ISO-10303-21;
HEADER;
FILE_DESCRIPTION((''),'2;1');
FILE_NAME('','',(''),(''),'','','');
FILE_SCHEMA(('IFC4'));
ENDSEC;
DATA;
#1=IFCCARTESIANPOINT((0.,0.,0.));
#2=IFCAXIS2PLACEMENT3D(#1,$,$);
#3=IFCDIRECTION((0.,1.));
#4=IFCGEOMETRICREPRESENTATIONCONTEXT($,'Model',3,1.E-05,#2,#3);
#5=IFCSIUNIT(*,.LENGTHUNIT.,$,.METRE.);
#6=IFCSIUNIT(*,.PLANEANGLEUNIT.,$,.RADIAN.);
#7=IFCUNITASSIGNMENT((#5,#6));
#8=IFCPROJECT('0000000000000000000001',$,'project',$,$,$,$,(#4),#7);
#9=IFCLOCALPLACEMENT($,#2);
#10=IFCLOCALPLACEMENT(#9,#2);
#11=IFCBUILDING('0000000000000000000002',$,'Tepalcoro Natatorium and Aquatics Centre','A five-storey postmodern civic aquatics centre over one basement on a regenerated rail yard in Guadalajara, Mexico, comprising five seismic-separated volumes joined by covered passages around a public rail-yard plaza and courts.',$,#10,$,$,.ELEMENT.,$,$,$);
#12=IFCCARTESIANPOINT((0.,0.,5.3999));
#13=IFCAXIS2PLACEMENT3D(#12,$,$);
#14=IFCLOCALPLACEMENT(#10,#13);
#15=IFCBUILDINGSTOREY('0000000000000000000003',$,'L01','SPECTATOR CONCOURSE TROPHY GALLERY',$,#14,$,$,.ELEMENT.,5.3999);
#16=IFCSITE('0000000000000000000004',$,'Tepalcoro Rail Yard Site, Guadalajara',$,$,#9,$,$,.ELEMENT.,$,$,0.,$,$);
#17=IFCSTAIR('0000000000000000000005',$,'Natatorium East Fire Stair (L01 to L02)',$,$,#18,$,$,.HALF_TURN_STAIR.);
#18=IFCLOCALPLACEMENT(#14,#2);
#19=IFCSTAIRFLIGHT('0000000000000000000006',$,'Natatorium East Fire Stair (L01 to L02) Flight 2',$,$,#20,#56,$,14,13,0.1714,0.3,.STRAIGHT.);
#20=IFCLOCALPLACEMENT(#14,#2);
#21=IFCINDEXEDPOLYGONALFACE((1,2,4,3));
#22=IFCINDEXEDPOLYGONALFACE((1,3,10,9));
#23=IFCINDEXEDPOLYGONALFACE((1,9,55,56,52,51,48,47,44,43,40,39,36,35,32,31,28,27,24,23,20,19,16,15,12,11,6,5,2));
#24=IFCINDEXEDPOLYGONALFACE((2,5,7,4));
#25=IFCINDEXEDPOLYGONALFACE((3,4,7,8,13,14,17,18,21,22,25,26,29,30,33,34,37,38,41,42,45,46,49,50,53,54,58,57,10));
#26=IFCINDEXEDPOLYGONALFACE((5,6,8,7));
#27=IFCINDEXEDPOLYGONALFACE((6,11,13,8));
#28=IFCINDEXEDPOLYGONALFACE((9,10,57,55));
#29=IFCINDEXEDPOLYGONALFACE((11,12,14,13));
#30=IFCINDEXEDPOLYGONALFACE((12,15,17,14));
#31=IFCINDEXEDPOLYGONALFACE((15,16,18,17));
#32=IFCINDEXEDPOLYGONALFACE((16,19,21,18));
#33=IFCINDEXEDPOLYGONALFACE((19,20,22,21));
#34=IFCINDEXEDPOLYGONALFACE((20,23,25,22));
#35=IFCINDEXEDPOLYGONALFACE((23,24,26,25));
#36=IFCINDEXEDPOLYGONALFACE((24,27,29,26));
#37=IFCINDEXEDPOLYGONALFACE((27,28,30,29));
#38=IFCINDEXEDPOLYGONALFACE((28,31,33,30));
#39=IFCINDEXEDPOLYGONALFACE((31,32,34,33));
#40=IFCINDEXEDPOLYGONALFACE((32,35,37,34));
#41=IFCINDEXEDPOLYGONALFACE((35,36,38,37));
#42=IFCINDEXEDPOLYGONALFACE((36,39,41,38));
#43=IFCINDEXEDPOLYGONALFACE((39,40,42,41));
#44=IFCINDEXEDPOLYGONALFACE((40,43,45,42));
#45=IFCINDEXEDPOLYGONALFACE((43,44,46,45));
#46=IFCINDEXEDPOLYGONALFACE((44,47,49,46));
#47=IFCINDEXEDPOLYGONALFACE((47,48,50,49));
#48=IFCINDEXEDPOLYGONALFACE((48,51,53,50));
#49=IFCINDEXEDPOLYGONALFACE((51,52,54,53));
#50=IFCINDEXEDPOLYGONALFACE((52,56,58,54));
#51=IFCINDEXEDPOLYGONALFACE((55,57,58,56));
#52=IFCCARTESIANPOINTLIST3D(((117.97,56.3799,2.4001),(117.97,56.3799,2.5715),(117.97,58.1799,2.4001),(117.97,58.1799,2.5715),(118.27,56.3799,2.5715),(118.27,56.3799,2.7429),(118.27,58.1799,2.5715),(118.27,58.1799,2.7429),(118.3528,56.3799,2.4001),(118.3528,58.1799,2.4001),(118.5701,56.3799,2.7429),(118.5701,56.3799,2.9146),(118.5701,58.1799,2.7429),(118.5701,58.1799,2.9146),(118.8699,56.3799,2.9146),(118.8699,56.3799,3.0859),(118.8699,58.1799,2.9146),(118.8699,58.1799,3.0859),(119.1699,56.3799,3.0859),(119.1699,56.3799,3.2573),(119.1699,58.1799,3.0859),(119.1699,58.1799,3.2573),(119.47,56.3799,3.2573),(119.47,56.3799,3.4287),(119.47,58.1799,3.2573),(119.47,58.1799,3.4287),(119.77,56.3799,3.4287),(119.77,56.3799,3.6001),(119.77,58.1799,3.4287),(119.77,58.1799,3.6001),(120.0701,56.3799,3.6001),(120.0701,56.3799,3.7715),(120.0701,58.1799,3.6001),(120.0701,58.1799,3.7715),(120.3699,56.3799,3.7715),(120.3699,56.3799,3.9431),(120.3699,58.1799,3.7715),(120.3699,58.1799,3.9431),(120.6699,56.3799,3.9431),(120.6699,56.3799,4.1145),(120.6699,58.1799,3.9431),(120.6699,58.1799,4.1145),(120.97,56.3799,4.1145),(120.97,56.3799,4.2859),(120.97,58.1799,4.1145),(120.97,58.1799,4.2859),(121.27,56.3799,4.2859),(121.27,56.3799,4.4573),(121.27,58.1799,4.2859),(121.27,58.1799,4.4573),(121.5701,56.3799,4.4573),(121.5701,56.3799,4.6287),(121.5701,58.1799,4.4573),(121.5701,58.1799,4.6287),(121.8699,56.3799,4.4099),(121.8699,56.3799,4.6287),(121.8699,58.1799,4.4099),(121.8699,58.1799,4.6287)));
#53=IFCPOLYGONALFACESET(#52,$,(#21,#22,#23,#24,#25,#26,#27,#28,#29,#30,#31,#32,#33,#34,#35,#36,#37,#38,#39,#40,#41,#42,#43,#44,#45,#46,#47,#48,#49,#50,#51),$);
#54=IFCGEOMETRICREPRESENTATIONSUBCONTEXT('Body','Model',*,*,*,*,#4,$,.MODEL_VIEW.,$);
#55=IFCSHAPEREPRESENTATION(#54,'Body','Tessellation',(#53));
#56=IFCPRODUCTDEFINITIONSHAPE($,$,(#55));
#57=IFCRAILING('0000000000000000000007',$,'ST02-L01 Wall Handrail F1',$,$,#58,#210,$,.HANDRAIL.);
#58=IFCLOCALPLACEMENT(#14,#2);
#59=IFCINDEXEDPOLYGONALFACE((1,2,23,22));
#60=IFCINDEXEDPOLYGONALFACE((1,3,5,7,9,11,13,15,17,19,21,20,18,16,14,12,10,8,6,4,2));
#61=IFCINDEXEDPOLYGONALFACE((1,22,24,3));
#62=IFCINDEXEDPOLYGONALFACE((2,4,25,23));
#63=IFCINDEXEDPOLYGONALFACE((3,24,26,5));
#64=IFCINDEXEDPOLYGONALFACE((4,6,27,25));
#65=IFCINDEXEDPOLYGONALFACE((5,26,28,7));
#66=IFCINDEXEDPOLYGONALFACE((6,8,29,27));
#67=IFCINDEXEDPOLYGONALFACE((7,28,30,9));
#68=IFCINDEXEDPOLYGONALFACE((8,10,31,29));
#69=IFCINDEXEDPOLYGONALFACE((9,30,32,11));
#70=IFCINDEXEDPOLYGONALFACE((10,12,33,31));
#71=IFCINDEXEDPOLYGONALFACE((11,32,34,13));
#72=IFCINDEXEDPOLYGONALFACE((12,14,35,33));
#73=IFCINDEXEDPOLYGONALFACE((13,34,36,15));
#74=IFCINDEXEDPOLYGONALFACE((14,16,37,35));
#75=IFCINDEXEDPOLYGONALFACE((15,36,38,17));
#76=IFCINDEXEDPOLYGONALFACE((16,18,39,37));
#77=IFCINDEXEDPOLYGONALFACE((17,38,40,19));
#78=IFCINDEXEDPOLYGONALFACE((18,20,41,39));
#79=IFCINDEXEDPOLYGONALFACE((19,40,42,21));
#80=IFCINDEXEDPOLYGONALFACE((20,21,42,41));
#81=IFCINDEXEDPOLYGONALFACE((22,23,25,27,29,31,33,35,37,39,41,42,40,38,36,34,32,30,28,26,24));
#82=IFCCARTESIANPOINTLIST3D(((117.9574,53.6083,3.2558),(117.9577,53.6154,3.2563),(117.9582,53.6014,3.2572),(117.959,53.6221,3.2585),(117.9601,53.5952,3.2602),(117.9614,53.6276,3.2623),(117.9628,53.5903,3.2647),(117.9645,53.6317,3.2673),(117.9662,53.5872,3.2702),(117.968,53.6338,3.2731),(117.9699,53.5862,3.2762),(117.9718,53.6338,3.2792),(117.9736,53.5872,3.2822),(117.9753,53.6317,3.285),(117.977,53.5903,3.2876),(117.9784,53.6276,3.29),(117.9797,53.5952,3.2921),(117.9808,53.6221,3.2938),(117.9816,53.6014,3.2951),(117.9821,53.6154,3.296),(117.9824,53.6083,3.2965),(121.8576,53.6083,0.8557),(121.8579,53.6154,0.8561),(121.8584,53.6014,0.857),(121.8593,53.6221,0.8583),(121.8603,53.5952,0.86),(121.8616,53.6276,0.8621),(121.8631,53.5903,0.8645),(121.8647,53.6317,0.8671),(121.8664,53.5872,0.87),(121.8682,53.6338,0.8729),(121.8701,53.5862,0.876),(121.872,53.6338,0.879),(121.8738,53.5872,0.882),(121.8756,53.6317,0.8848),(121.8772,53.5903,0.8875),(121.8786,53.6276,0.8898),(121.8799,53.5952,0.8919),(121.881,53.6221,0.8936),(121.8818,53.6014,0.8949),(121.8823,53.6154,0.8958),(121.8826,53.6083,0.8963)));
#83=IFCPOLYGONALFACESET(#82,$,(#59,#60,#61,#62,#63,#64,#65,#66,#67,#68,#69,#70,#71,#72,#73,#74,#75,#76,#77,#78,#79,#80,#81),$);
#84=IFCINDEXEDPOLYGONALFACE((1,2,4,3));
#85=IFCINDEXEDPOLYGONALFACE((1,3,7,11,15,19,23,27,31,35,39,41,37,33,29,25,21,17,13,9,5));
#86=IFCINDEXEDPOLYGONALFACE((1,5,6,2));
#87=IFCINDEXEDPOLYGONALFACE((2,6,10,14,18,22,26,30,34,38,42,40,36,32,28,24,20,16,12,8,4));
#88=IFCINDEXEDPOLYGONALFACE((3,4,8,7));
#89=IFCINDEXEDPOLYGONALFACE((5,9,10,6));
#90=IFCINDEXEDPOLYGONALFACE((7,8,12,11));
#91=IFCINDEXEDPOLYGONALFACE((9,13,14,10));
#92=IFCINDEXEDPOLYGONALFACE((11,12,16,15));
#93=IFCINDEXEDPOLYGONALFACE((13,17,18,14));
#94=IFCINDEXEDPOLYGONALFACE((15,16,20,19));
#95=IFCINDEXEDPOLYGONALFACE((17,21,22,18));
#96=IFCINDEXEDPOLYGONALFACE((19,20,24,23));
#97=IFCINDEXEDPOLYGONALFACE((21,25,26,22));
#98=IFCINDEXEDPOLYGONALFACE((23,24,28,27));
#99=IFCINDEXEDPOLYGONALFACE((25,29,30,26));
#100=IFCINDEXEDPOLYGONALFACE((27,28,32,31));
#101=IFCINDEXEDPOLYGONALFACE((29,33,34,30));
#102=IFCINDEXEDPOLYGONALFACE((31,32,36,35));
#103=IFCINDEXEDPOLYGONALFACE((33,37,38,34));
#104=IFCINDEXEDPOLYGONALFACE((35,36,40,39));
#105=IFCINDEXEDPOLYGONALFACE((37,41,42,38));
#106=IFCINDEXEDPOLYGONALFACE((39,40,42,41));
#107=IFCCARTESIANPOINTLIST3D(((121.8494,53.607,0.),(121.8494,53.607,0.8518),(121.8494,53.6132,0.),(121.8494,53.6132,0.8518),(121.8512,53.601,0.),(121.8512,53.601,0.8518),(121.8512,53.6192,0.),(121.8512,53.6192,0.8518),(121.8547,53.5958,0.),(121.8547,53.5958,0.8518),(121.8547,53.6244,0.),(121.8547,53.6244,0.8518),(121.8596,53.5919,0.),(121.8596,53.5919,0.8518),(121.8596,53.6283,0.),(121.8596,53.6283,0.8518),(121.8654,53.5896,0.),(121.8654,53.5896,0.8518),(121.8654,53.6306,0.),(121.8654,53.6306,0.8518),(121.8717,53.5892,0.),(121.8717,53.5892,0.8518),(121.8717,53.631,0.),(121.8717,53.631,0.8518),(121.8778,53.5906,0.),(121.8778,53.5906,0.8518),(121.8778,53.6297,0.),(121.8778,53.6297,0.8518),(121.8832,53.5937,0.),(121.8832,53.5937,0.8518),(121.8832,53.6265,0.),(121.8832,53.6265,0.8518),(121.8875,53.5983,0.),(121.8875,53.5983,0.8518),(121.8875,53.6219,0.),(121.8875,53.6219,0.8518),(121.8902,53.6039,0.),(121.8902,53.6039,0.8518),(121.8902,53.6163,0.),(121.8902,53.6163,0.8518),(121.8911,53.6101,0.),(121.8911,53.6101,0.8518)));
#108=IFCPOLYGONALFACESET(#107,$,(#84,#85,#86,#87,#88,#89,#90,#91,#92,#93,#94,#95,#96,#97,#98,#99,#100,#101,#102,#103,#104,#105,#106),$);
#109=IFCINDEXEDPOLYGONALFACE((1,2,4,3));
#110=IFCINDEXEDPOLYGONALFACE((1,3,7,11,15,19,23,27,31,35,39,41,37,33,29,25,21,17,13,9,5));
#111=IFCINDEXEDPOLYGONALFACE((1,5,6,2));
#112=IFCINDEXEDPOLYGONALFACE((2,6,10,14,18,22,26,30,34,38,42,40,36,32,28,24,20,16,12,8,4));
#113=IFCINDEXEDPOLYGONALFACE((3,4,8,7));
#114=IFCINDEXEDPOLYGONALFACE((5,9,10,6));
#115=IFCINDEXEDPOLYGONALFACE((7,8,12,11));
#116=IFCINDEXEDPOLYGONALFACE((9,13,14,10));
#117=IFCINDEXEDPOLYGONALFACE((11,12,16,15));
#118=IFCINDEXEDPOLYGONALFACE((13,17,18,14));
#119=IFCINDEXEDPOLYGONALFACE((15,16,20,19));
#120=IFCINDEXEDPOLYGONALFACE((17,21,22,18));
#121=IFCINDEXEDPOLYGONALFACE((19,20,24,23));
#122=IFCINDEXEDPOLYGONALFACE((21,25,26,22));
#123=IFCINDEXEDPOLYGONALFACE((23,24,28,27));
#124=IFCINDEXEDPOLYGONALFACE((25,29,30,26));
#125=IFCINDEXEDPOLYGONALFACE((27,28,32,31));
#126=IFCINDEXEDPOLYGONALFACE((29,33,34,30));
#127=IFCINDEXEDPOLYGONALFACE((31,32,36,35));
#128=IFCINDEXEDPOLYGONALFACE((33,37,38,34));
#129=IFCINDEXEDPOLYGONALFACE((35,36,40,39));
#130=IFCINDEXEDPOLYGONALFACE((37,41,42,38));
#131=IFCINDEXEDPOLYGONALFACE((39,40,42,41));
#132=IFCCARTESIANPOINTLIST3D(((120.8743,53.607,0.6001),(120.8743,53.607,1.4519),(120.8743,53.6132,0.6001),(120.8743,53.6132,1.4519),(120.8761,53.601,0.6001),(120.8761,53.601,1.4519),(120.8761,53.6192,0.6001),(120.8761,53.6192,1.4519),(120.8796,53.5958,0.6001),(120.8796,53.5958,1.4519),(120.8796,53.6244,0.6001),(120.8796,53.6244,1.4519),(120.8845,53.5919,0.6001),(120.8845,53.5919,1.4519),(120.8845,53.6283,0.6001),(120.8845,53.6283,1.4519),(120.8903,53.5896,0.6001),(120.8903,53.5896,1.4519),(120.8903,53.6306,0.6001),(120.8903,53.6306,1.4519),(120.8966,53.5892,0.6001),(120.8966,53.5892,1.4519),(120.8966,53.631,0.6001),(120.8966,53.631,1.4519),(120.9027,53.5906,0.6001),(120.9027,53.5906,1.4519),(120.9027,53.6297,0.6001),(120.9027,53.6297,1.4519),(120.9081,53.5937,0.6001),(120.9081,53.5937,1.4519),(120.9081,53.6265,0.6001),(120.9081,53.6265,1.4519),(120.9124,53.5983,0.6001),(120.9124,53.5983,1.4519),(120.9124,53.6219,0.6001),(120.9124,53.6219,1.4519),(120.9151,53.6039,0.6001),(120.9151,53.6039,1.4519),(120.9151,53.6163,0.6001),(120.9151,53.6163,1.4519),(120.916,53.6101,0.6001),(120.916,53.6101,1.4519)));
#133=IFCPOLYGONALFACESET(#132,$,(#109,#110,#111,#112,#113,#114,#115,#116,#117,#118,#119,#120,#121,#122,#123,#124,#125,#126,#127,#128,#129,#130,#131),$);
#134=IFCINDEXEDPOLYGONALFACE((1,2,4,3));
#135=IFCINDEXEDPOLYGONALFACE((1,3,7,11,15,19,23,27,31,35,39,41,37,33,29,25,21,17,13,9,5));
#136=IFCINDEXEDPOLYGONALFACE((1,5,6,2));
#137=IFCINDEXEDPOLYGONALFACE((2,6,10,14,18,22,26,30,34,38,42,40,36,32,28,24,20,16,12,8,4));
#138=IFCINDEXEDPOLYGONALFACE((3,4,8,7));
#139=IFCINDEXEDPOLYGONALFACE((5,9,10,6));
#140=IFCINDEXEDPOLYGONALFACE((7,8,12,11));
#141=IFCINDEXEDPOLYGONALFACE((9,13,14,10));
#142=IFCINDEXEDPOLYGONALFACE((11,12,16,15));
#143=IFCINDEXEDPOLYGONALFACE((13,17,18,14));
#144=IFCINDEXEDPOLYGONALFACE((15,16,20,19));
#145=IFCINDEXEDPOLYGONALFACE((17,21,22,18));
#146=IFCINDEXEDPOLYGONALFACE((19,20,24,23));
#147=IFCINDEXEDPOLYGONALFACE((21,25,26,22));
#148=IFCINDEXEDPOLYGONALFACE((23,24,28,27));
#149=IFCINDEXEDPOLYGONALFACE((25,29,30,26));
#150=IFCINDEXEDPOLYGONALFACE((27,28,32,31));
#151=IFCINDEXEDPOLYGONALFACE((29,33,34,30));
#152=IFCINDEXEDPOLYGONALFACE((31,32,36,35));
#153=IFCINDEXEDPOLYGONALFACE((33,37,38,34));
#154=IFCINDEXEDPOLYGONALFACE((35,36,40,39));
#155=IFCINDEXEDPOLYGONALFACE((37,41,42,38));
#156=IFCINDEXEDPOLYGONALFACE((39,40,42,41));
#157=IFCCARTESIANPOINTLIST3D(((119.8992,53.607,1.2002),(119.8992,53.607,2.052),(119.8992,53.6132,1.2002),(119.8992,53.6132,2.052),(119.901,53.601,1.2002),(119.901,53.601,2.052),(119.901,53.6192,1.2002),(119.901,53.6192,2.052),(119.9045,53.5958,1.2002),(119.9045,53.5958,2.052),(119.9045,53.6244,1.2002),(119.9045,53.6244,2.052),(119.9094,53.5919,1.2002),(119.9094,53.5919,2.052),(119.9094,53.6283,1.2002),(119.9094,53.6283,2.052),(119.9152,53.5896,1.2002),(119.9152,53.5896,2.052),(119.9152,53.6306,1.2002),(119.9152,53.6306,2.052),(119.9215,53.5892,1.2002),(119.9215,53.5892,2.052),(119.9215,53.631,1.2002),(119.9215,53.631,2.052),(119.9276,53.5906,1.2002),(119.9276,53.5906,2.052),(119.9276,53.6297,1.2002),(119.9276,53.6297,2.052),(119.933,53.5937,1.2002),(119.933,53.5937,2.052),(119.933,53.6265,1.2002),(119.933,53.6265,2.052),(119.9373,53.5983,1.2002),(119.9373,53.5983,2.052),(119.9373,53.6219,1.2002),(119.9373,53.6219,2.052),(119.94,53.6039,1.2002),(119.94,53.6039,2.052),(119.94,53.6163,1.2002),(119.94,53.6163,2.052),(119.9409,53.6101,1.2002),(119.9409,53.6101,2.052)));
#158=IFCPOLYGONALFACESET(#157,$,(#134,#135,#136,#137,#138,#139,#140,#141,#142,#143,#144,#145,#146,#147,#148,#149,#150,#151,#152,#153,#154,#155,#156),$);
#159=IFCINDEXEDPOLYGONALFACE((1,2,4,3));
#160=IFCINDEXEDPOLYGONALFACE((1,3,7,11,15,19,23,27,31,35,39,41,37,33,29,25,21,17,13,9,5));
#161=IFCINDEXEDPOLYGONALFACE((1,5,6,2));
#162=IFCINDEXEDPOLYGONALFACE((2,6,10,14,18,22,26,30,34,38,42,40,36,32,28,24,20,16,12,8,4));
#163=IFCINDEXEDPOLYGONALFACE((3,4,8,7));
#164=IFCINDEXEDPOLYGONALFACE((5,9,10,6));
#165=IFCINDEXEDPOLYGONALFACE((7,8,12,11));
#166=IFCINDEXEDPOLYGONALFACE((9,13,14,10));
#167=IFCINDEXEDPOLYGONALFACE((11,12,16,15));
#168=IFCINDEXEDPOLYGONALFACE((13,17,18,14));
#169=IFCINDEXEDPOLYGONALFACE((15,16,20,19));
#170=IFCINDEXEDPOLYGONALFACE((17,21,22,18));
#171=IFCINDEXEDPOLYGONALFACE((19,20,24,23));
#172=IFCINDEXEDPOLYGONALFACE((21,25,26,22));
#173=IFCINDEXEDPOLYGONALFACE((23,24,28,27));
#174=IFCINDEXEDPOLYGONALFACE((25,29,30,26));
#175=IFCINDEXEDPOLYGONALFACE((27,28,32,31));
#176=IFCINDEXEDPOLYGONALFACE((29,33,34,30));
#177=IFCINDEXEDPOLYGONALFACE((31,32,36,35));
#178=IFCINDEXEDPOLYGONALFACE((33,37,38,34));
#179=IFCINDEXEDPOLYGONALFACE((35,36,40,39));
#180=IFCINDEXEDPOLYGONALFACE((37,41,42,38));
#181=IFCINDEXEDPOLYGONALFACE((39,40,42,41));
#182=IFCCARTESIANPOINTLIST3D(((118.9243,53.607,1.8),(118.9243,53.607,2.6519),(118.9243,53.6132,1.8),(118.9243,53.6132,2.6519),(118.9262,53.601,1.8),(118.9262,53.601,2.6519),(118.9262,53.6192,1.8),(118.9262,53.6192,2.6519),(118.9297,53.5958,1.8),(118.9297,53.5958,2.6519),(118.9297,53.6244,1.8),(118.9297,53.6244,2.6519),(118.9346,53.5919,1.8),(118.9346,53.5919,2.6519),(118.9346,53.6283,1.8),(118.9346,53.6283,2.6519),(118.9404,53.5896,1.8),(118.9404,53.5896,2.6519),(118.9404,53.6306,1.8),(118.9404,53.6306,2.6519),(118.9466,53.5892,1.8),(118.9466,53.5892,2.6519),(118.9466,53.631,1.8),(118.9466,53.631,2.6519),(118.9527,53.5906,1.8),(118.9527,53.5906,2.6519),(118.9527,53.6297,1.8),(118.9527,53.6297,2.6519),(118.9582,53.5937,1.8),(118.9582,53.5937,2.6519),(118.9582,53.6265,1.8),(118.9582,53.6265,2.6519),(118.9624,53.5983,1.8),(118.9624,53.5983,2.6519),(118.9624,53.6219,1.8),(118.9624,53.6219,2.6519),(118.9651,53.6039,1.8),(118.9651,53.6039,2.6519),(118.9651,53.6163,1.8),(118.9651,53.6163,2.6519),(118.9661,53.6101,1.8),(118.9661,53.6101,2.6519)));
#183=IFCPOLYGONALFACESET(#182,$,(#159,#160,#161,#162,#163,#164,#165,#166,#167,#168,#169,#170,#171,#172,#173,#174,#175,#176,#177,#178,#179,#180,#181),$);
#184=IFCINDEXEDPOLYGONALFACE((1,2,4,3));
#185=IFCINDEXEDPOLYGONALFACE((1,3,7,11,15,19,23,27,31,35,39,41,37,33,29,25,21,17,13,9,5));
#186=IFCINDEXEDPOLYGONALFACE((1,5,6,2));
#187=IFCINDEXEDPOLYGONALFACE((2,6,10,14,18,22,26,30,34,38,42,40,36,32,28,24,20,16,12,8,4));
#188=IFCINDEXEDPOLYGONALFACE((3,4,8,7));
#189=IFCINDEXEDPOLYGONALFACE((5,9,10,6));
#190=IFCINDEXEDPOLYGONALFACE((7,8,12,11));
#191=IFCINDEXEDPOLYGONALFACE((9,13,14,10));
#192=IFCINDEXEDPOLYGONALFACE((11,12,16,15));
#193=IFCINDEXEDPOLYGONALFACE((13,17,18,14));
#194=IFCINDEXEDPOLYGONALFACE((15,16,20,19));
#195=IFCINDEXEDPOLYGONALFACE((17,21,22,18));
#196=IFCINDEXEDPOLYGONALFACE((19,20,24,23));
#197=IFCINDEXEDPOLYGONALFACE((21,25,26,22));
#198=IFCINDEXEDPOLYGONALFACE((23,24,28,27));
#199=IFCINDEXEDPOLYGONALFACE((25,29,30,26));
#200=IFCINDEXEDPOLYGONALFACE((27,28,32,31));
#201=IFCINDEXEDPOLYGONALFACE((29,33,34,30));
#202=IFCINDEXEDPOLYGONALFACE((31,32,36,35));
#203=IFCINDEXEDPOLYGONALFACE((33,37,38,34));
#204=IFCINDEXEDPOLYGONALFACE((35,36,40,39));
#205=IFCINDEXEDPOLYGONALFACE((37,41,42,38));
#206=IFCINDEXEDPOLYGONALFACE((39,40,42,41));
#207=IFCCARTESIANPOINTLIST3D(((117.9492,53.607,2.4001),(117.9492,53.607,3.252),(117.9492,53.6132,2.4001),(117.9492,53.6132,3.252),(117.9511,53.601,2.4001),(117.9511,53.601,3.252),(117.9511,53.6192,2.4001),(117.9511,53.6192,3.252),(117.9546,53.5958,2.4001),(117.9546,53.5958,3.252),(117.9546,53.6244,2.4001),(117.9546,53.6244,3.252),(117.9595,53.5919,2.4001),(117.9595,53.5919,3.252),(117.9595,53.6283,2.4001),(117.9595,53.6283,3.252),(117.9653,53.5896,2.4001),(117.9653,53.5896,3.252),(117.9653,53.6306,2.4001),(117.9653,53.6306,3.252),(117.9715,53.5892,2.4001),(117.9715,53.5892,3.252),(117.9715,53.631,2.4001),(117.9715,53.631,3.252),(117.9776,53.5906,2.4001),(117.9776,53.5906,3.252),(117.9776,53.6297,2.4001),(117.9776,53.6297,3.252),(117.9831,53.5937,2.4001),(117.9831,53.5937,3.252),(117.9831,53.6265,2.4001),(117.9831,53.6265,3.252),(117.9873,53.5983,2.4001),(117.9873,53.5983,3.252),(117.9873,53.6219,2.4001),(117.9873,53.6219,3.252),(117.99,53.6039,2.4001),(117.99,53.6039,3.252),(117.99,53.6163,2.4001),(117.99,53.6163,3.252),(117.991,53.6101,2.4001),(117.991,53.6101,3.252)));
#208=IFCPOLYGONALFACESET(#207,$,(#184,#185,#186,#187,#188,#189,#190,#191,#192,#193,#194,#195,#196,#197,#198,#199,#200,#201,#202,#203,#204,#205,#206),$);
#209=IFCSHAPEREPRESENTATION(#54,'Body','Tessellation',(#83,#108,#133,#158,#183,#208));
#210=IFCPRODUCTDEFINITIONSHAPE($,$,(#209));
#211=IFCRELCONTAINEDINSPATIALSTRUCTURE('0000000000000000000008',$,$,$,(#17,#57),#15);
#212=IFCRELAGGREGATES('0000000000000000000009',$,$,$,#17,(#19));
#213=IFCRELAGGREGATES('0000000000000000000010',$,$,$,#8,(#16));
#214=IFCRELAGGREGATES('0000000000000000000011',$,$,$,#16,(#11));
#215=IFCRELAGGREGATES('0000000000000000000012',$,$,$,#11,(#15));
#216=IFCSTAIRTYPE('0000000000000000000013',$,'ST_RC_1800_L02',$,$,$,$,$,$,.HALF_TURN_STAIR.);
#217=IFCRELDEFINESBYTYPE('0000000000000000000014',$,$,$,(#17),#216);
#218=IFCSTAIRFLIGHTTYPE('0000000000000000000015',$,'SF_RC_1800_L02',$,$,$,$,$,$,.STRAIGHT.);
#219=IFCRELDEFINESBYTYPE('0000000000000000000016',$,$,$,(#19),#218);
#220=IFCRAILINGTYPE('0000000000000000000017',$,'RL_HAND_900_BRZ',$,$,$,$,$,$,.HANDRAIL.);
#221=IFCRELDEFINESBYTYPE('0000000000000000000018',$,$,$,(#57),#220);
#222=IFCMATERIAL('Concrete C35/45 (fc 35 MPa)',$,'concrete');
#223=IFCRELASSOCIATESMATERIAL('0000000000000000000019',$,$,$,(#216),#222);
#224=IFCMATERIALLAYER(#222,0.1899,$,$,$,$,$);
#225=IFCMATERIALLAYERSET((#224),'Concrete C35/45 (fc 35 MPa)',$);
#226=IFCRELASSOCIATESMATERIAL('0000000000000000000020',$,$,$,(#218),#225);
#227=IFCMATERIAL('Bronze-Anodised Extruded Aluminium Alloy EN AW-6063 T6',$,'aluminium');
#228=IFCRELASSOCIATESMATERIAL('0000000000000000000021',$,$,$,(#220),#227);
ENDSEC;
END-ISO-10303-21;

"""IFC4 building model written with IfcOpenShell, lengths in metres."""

from ifc_helpers import new_model, si_unit, direction, frame, origin, origin_2d, place, context, subcontext, project, spatial, polyline, circle, outline, extrude, material, layer, layer_set, type_object, element, aggregate, save


model = new_model("IFC4")

# Units and contexts
model_context = context("Model", 3, precision=1e-05, world=origin(), true_north=direction((0.0, 1.0)))
body_context = subcontext(model_context, "Body", "Model", "MODEL_VIEW")
ifc_project = project(units=[si_unit("LENGTHUNIT", "METRE"), si_unit("PLANEANGLEUNIT", "RADIAN")], contexts=[model_context])

# Site, building, storey
site_placement = place(None, origin())
site = spatial("IfcSite", under=ifc_project, at=site_placement, Name="Tepalcoro Rail Yard Site, Guadalajara", CompositionType="ELEMENT", RefElevation=0.0)
building_placement = place(site_placement, origin())
building = spatial("IfcBuilding", under=site, at=building_placement, Name="Tepalcoro Natatorium and Aquatics Centre", Description="A five-storey postmodern civic aquatics centre over one basement on a regenerated rail yard in Guadalajara, Mexico, comprising five seismic-separated volumes joined by covered passages around a public rail-yard plaza and courts.", CompositionType="ELEMENT")
storey_placement = place(building_placement, frame((0.0, 0.0, 5.3999)))
storey = spatial("IfcBuildingStorey", under=building, at=storey_placement, Name="L01", Description="SPECTATOR CONCOURSE TROPHY GALLERY", CompositionType="ELEMENT", Elevation=5.3999)

# Stair, stair flight
ifc_material_1 = material(Name="Concrete C35/45 (fc 35 MPa)", Category="concrete")
stair_type = type_object("IfcStairType", Name="ST_RC_1800_L02", PredefinedType="HALF_TURN_STAIR", material=ifc_material_1)
stair_placement = place(storey_placement, origin())
stair = element("IfcStair", 1, at=stair_placement, inside=storey, type_object=stair_type, Name="Natatorium East Fire Stair (L01 to L02)", PredefinedType="HALF_TURN_STAIR")
ifc_layer_1 = layer(ifc_material_1, 0.1899)
ifc_layer_set_1 = layer_set([ifc_layer_1], Name="Concrete C35/45 (fc 35 MPa)")
stair_flight_type = type_object("IfcStairFlightType", Name="SF_RC_1800_L02", PredefinedType="STRAIGHT", material=ifc_layer_set_1)
stair_flight_1_placement = place(storey_placement, frame((117.97, 57.28, 2.4001), z_axis=(0.0, 0.0, 1.0), x_axis=(1.0, 0.0, 0.0)))
stair_flight_1 = element("IfcStairFlight", 2, at=stair_flight_1_placement, type_object=stair_flight_type, Name="Natatorium East Fire Stair (L01 to L02) Flight 2", NumberOfRisers=14, NumberOfTreads=13, PredefinedType="STRAIGHT", RiserHeight=0.1714, TreadLength=0.3, context=body_context, shape_type="SweptSolid", body=[
    extrude(outline(polyline([(0.0, 0.0), (0.0, 0.1714), (0.3, 0.1714), (0.3, 0.3428), (0.6001, 0.3428), (0.6001, 0.5144), (0.8999, 0.5144), (0.8999, 0.6858), (1.2, 0.6858), (1.2, 0.8572), (1.5, 0.8572), (1.5, 1.0286), (1.8, 1.0286), (1.8, 1.2), (2.1001, 1.2), (2.1001, 1.3713), (2.3999, 1.3713), (2.3999, 1.543), (2.7, 1.543), (2.7, 1.7144), (3.0, 1.7144), (3.0, 1.8857), (3.3, 1.8857), (3.3, 2.0571), (3.6001, 2.0571), (3.6001, 2.2285), (3.8999, 2.2285), (3.8999, 2.3999), (3.8999, 2.0098), (0.3828, 0.0), (0.0, 0.0)])), frame((0.0, 0.8999, 0.0), z_axis=(0.0, -1.0, 0.0), x_axis=(1.0, 0.0, 0.0)), (0.0, 0.0, 1.0), 1.8),
])
aggregate(stair, [stair_flight_1])

# Railing
ifc_material_2 = material(Name="Bronze-Anodised Extruded Aluminium Alloy EN AW-6063 T6", Category="aluminium")
railing_type_1 = type_object("IfcRailingType", Name="RL_HAND_900_BRZ", PredefinedType="HANDRAIL", material=ifc_material_2)
railing_1_placement = place(storey_placement, frame((121.8701, 53.6101, 0.0)))
element("IfcRailing", 3, at=railing_1_placement, inside=storey, type_object=railing_type_1, Name="ST02-L01 Wall Handrail F1", PredefinedType="HANDRAIL", context=body_context, shape_type="SweptSolid", body=[
    extrude(circle(Radius=0.0239, at=origin_2d()), frame((0.0, 0.0, 0.876), z_axis=(-0.851653, 0.0, 0.524106), x_axis=(0.0, -1.0, 0.0)), (0.0, 0.0, 1.0), 4.5796),
    extrude(circle(Radius=0.021, at=origin_2d()), origin(), (0.0, 0.0, 1.0), 0.8518),
    extrude(circle(Radius=0.021, at=origin_2d()), frame((-0.9751, 0.0, 0.6001)), (0.0, 0.0, 1.0), 0.8518),
    extrude(circle(Radius=0.021, at=origin_2d()), frame((-1.9502, 0.0, 1.2002)), (0.0, 0.0, 1.0), 0.8518),
    extrude(circle(Radius=0.021, at=origin_2d()), frame((-2.925, 0.0, 1.8)), (0.0, 0.0, 1.0), 0.8518),
    extrude(circle(Radius=0.021, at=origin_2d()), frame((-3.9001, 0.0, 2.4001)), (0.0, 0.0, 1.0), 0.8518),
])

save(model, "model.ifc")
